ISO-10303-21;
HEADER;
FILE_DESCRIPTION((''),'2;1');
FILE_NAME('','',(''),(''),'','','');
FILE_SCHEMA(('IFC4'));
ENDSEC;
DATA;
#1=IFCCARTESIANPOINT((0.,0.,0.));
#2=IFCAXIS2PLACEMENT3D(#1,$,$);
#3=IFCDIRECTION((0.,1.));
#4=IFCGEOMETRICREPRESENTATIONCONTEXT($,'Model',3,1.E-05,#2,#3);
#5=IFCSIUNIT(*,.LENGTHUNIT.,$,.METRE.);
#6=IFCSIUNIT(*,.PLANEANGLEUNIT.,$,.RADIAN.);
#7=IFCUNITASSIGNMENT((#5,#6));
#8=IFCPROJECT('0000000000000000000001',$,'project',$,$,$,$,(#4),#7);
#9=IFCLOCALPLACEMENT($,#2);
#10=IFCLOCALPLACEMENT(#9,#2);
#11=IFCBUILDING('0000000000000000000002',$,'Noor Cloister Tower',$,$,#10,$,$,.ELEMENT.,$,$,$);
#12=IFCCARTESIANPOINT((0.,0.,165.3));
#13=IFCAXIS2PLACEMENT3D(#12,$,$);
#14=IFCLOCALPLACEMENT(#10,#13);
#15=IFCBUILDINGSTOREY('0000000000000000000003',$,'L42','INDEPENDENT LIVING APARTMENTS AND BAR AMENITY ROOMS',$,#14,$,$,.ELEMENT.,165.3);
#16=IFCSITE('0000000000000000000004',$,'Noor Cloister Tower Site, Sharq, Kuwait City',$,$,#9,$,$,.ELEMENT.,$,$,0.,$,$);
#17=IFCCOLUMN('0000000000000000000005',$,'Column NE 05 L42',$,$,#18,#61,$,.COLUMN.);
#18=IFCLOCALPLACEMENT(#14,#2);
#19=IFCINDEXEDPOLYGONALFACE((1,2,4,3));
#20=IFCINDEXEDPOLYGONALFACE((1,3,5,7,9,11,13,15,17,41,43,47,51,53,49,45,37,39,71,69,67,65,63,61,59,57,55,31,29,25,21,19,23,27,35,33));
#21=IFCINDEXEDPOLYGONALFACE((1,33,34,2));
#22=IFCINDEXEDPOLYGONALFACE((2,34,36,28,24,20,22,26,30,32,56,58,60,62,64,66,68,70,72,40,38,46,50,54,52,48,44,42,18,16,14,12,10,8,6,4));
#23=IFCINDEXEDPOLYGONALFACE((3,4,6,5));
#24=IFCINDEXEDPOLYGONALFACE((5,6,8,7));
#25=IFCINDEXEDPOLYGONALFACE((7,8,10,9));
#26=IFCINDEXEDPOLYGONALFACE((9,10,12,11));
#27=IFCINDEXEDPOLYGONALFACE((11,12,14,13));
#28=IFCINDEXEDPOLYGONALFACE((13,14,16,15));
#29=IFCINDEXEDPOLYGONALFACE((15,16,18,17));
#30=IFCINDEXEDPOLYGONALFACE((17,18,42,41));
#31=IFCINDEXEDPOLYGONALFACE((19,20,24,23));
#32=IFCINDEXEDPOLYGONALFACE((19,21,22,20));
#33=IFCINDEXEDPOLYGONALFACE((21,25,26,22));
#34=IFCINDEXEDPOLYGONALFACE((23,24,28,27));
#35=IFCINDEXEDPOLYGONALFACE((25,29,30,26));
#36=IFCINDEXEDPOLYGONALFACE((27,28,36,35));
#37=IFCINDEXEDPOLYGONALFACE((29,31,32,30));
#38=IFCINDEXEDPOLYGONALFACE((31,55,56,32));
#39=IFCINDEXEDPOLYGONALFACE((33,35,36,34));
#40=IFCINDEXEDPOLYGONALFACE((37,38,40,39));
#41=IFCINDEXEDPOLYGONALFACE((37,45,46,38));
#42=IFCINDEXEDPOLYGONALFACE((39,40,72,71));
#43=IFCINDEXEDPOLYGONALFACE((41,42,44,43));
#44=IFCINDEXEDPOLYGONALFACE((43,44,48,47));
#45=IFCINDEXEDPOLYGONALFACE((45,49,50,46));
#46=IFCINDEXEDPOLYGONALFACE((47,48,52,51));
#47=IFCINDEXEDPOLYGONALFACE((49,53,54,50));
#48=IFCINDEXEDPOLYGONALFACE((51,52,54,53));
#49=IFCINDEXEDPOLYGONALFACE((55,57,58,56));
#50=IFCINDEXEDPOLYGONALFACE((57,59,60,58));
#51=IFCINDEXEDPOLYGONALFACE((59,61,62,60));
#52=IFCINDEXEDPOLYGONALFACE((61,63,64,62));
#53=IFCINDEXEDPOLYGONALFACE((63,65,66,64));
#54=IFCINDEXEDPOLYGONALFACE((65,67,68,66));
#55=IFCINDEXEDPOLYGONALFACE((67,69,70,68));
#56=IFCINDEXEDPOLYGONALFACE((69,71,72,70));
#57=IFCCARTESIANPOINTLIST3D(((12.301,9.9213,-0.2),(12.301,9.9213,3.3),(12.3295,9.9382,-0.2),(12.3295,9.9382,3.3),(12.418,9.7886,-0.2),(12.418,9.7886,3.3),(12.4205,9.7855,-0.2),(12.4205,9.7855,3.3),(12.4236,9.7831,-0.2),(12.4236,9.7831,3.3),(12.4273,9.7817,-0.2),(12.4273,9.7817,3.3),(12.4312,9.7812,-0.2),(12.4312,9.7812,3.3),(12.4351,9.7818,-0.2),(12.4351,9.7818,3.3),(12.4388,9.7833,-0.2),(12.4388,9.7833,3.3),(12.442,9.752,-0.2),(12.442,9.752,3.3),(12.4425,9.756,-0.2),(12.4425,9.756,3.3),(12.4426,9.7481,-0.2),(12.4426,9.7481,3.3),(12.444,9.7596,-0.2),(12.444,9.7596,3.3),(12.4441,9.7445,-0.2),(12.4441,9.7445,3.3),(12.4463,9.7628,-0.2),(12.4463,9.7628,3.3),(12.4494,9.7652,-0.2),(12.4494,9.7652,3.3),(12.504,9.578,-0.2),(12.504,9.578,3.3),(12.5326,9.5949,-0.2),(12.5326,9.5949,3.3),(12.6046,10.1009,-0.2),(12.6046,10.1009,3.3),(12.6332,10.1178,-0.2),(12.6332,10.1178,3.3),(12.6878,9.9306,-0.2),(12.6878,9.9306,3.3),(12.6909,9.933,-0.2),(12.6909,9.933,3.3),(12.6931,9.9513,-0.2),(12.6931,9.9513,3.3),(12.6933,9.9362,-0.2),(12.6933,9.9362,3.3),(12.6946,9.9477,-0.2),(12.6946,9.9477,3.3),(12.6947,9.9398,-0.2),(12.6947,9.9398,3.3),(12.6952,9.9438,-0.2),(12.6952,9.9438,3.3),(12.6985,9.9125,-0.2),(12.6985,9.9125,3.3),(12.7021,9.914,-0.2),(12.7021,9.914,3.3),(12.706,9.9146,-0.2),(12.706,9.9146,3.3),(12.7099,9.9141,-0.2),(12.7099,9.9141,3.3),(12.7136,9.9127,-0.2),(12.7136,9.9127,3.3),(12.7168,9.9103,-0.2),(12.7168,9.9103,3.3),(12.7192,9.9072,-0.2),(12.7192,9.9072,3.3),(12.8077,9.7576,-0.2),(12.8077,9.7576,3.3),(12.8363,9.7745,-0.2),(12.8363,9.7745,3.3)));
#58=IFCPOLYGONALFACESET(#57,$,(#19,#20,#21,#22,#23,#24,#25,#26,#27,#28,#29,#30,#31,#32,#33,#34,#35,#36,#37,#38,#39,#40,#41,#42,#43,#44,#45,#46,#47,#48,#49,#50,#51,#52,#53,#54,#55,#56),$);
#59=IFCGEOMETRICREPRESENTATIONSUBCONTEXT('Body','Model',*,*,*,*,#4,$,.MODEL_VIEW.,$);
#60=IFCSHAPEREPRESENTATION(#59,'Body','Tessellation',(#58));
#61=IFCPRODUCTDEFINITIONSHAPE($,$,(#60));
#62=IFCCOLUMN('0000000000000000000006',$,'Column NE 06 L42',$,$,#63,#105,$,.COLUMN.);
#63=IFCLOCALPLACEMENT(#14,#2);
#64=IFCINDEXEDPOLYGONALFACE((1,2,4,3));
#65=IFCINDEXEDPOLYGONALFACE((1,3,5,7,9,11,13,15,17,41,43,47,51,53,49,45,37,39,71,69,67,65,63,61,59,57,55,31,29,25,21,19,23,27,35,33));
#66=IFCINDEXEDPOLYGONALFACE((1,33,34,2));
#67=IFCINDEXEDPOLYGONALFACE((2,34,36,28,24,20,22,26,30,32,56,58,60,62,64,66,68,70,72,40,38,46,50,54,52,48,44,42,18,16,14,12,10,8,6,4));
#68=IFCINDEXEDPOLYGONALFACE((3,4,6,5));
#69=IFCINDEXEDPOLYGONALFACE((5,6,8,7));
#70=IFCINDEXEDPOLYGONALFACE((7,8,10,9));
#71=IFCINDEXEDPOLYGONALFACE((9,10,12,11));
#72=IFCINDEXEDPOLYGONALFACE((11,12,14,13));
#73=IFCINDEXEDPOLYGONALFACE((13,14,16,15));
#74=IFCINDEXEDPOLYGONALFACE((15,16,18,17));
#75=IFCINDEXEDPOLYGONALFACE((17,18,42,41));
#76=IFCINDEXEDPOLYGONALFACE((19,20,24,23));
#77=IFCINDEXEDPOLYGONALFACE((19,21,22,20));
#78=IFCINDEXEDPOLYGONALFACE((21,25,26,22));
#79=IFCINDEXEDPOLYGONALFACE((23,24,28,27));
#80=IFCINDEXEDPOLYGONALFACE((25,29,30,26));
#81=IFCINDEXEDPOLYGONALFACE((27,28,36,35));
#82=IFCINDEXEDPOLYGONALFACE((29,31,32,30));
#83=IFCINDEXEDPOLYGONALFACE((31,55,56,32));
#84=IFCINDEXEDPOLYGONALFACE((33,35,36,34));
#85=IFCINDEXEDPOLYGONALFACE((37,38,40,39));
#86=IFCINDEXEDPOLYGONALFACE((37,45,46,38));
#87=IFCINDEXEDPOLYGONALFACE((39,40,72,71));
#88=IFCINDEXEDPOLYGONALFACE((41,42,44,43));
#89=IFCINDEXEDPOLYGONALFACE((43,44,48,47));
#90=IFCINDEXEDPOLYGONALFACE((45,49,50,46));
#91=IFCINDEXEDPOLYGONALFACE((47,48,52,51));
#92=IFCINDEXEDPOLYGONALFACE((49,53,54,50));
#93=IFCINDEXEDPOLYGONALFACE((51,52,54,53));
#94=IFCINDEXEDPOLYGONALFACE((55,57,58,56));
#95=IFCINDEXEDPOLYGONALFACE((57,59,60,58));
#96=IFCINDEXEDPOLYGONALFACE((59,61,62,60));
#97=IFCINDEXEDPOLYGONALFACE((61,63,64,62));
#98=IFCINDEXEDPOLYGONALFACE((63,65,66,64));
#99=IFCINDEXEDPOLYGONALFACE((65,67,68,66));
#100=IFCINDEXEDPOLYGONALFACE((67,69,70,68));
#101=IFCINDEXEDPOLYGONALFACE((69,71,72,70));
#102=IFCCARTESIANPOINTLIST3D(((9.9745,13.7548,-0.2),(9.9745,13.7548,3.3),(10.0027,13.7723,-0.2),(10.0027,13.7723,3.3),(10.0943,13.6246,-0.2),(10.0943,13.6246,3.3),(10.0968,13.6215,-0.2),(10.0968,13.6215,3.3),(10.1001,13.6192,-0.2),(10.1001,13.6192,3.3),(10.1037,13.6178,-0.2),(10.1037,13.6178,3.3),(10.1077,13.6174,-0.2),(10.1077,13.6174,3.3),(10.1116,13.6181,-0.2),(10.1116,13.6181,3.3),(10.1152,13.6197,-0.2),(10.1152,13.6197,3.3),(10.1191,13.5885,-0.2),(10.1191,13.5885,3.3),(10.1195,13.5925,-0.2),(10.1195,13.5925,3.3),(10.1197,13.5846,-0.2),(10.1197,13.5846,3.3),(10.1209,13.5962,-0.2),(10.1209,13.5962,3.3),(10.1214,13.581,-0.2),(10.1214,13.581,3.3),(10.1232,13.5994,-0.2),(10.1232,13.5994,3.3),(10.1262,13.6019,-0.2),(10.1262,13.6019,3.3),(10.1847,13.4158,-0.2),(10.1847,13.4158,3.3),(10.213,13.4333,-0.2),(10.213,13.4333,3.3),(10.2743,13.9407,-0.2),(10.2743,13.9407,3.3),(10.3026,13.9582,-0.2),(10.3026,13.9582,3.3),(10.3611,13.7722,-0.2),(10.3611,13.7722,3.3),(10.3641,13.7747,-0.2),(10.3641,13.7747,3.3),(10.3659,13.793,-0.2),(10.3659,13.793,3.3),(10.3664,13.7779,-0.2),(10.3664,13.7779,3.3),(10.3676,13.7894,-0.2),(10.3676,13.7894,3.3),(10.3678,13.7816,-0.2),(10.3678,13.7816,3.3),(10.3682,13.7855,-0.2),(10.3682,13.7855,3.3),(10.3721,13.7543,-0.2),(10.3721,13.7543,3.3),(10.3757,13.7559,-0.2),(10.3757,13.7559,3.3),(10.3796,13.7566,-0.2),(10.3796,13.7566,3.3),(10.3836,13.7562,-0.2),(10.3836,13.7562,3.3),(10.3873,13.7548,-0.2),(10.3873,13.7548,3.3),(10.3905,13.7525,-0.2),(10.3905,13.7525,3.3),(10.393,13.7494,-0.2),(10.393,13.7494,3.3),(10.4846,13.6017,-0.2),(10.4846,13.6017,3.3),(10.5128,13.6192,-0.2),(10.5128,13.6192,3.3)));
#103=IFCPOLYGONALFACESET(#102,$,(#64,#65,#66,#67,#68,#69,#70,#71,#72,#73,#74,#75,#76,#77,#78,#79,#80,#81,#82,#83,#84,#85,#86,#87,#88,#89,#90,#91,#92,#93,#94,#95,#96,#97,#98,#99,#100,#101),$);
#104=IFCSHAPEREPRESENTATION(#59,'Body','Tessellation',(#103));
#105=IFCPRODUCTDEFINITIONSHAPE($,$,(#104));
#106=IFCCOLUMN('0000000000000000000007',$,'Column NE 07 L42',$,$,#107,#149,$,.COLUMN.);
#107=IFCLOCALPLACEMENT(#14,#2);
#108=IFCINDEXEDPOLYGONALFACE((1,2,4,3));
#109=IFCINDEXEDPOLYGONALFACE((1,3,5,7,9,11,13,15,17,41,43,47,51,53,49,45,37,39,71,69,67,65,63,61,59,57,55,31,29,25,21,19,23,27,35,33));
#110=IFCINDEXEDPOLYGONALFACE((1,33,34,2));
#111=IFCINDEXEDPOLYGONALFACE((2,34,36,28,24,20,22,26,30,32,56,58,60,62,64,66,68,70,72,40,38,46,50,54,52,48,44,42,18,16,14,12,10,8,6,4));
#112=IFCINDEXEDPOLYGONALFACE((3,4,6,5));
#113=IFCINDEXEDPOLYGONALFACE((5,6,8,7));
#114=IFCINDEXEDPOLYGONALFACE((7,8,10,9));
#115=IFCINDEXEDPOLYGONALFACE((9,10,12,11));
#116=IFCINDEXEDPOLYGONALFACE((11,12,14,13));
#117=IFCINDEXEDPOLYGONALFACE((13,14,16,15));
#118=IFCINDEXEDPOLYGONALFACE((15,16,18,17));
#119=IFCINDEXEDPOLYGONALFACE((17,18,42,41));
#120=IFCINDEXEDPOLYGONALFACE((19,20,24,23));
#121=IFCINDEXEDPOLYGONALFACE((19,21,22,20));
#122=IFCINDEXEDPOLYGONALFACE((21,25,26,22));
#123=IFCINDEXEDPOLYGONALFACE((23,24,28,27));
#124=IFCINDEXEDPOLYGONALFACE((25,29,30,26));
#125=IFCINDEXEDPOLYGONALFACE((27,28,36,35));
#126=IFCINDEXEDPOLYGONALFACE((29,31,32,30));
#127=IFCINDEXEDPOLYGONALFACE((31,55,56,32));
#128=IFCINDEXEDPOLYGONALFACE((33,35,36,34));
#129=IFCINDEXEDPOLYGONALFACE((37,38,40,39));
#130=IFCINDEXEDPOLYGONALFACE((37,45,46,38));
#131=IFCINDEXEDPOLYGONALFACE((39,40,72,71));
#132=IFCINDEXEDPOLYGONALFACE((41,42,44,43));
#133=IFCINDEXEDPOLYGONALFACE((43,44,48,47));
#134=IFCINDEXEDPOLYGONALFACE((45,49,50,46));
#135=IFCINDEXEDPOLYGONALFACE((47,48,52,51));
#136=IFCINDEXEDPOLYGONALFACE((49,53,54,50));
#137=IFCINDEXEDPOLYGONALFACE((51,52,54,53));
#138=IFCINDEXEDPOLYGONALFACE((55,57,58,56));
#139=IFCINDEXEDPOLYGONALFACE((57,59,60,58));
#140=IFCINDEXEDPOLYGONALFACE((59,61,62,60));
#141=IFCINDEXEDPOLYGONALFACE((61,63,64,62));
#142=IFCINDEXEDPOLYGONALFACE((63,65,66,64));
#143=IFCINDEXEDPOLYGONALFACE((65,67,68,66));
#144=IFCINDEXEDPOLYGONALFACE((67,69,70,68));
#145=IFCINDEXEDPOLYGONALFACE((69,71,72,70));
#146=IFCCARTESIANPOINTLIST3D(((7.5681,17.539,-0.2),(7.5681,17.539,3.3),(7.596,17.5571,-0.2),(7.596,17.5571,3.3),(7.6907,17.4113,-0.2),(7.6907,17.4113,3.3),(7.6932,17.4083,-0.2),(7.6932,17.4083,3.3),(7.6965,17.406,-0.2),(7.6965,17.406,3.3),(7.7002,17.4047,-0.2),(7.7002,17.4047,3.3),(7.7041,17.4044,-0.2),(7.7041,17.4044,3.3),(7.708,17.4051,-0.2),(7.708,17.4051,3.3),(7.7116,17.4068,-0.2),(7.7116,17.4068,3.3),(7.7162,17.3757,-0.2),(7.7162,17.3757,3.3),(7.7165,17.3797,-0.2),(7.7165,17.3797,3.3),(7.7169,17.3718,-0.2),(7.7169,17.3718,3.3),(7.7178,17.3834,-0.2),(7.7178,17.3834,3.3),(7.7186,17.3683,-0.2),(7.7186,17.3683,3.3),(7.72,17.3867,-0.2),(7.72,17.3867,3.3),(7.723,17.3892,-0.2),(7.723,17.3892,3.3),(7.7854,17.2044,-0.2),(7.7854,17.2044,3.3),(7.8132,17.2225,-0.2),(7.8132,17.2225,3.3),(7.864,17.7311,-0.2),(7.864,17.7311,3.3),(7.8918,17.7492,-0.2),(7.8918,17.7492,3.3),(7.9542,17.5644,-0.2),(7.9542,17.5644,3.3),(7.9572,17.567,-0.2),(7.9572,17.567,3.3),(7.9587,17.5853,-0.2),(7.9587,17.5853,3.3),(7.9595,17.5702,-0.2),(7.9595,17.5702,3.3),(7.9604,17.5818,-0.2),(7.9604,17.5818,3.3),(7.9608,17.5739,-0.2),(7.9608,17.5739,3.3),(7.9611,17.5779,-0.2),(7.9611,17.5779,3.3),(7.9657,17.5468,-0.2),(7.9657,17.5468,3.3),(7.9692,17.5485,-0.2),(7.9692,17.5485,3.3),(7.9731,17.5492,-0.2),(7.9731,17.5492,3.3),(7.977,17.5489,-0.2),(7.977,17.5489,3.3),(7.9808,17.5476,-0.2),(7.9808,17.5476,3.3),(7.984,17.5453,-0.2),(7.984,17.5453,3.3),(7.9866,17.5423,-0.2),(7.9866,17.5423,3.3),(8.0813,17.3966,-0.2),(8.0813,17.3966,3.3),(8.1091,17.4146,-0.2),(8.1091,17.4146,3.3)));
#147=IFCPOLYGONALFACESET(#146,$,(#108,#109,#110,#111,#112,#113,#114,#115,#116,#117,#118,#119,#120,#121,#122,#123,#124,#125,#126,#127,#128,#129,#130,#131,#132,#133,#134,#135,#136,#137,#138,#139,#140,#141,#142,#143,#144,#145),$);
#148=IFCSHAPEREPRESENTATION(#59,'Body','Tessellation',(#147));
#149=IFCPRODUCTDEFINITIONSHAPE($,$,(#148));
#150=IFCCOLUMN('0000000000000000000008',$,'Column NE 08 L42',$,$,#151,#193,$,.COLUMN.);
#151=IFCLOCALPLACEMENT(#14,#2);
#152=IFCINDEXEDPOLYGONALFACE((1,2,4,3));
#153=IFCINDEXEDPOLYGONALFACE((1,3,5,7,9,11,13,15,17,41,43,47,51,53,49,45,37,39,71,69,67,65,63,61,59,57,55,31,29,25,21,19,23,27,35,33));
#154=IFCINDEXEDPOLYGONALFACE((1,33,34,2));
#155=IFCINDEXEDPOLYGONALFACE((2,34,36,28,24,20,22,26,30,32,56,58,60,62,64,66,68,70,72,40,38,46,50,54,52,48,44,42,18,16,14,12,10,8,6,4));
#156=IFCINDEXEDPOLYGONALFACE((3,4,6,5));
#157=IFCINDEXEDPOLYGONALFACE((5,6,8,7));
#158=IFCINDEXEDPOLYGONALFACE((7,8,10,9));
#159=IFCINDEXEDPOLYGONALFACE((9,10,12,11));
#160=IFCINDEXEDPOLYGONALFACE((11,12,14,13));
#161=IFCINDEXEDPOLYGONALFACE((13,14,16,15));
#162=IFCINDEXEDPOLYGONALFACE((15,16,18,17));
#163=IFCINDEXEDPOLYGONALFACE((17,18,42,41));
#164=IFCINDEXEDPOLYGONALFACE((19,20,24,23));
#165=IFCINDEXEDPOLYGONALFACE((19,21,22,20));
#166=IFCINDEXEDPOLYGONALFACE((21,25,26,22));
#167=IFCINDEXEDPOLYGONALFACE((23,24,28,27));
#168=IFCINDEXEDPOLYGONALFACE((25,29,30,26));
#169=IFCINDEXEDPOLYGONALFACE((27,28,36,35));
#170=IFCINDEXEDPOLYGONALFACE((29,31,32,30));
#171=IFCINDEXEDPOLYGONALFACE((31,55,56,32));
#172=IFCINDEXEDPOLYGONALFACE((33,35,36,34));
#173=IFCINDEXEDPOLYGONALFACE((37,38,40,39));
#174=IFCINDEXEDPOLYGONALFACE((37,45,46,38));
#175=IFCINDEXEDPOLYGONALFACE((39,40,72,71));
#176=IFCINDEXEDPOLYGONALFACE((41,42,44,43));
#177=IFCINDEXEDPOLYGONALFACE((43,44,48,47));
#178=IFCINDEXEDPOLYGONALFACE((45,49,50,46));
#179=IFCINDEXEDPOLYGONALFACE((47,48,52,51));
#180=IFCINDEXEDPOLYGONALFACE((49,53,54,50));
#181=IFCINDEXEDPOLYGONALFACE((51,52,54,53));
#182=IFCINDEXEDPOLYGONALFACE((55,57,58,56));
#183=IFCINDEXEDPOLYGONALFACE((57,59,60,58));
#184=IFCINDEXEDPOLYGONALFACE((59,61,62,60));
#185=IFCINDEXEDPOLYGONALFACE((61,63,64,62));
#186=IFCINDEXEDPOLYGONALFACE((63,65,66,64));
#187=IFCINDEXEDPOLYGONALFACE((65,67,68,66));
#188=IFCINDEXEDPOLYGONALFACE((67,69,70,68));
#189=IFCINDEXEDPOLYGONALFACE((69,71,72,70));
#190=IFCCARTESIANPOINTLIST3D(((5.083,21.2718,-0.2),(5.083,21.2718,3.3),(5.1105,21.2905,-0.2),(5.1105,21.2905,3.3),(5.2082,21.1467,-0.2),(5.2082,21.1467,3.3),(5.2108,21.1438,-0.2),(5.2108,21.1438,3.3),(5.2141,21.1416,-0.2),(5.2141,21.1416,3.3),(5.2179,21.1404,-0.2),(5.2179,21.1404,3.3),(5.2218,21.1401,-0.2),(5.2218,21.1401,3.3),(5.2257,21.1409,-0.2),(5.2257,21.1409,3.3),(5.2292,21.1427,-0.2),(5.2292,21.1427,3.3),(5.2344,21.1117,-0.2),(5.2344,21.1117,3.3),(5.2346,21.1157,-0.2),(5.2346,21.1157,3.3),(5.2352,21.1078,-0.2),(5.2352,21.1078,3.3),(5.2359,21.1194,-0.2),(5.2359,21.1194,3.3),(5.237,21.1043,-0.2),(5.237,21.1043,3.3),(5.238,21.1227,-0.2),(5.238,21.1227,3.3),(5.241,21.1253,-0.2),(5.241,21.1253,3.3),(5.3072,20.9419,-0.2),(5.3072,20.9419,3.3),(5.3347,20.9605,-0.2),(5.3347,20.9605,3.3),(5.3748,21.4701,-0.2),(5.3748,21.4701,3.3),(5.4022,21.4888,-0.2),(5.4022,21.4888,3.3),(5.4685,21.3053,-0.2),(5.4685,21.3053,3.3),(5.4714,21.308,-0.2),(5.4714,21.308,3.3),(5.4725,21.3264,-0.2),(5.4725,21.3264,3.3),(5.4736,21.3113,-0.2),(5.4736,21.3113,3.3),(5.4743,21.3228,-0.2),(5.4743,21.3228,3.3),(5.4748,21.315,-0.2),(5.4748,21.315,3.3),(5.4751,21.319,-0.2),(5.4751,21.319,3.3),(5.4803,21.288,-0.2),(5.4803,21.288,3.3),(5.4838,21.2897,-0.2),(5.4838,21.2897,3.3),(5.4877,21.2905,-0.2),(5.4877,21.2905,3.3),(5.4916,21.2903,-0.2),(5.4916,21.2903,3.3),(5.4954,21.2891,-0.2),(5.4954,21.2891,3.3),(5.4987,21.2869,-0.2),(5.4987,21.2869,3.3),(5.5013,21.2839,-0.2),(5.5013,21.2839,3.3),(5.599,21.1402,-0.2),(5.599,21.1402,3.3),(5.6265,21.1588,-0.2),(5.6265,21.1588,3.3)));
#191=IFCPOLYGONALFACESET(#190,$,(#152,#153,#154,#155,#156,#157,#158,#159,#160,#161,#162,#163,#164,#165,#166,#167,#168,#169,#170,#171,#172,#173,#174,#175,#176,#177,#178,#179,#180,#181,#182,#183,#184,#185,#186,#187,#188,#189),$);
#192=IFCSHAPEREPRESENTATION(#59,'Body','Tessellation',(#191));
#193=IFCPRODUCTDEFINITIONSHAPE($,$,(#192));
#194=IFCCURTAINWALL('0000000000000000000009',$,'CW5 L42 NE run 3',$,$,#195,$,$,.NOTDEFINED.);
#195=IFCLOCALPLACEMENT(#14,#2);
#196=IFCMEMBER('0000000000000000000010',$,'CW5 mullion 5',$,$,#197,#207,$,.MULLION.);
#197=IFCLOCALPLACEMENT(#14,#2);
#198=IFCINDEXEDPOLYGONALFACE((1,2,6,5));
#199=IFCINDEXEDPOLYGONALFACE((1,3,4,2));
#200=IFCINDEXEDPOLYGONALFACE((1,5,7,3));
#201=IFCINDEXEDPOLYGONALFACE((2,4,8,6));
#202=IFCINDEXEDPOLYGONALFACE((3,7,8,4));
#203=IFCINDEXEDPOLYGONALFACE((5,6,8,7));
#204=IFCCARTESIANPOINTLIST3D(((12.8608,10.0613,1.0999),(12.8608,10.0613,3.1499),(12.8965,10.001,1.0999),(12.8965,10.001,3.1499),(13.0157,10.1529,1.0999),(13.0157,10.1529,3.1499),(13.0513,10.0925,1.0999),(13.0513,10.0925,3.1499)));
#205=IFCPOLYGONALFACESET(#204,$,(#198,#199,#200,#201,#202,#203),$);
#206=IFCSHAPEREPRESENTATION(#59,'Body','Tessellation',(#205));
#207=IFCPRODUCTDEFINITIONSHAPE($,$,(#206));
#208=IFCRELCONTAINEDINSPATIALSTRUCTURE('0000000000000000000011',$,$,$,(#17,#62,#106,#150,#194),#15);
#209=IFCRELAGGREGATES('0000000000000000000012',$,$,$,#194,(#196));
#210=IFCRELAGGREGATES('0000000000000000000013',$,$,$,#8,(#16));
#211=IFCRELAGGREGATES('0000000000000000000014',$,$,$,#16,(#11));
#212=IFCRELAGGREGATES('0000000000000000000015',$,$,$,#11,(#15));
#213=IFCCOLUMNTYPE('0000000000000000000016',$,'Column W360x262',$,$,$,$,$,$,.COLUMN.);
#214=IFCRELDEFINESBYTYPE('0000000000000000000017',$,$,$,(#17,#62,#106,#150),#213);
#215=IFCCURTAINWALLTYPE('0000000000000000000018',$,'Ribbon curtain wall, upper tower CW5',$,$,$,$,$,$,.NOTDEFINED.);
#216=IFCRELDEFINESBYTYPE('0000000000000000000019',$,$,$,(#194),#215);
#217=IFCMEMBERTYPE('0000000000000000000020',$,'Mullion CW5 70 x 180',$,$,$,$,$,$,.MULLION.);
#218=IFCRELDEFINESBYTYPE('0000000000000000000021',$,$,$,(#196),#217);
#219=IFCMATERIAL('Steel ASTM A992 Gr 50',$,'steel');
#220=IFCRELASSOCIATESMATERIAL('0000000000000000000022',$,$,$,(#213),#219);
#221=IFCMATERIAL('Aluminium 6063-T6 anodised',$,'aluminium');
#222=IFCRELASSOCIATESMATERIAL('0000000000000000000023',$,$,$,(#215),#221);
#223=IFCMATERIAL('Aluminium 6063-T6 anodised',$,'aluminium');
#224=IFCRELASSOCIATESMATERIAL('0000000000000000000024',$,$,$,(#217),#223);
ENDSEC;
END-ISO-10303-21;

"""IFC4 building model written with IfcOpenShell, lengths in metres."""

from ifc_helpers import new_model, si_unit, direction, frame, origin, origin_2d, place, context, subcontext, project, spatial, rectangle, i_section, extrude, material, material_profile, profile_set, type_object, element, aggregate, save


model = new_model("IFC4")

# Units and contexts
model_context = context("Model", 3, precision=1e-05, world=origin(), true_north=direction((0.0, 1.0)))
body_context = subcontext(model_context, "Body", "Model", "MODEL_VIEW")
ifc_project = project(units=[si_unit("LENGTHUNIT", "METRE"), si_unit("PLANEANGLEUNIT", "RADIAN")], contexts=[model_context])

# Site, building, storey
site_placement = place(None, origin())
site = spatial("IfcSite", under=ifc_project, at=site_placement, Name="Noor Cloister Tower Site, Sharq, Kuwait City", CompositionType="ELEMENT", RefElevation=0.0)
building_placement = place(site_placement, origin())
building = spatial("IfcBuilding", under=site, at=building_placement, Name="Noor Cloister Tower", CompositionType="ELEMENT")
storey_placement = place(building_placement, frame((0.0, 0.0, 165.3)))
storey = spatial("IfcBuildingStorey", under=building, at=storey_placement, Name="L42", Description="INDEPENDENT LIVING APARTMENTS AND BAR AMENITY ROOMS", CompositionType="ELEMENT", Elevation=165.3)

# Columns
ifc_material_1 = material(Name="Steel ASTM A992 Gr 50", Category="steel")
ifc_material_profile_1 = material_profile(ifc_material_1, i_section(OverallWidth=0.3989, OverallDepth=0.386, WebThickness=0.021, FlangeThickness=0.0332, FilletRadius=0.0151, at=origin_2d()), Name="W360x262")
ifc_profile_set_1 = profile_set([ifc_material_profile_1], Name="Steel ASTM A992 Gr 50")
column_type = type_object("IfcColumnType", Name="Column W360x262", PredefinedType="COLUMN", material=ifc_profile_set_1)
for number, where, z_axis, x_axis, name in (
    (1, (12.5686, 9.8479, -0.2), (0.0, 0.0, 1.0), (-0.509042, 0.860741, 0.0), "Column NE 05 L42"),
    (2, (10.2437, 13.687, -0.2), (0.0, 0.0, 1.0), (-0.526959, 0.849891, 0.0), "Column NE 06 L42"),
    (3, (7.8386, 17.4768, -0.2), (0.0, 0.0, 1.0), (-0.544644, 0.838667, 0.0), "Column NE 07 L42"),
    (4, (5.3547, 21.2153, -0.2), (0.0, 0.0, 1.0), (-0.56209, 0.827076, 0.0), "Column NE 08 L42"),
):
    element("IfcColumn", number, at=place(storey_placement, frame(where, z_axis=z_axis, x_axis=x_axis)), inside=storey, type_object=column_type, Name=name, PredefinedType="COLUMN", context=body_context, shape_type="SweptSolid", body=[
        extrude(i_section(OverallWidth=0.3989, OverallDepth=0.386, WebThickness=0.021, FlangeThickness=0.0332, FilletRadius=0.0151, at=origin_2d()), origin(), (0.0, 0.0, 1.0), 3.5),
    ])

# Curtain wall, member
ifc_material_2 = material(Name="Aluminium 6063-T6 anodised", Category="aluminium")
curtain_wall_type = type_object("IfcCurtainWallType", Name="Ribbon curtain wall, upper tower CW5", PredefinedType="NOTDEFINED", material=ifc_material_2)
curtain_wall_placement = place(storey_placement, origin())
curtain_wall = element("IfcCurtainWall", 5, at=curtain_wall_placement, inside=storey, type_object=curtain_wall_type, Name="CW5 L42 NE run 3", PredefinedType="NOTDEFINED")
ifc_material_3 = material(Name="Aluminium 6063-T6 anodised", Category="aluminium")
ifc_material_profile_2 = material_profile(ifc_material_3, rectangle(XDim=0.1799, YDim=0.0701, at=origin_2d()), Name="180 x 70 mullion")
ifc_profile_set_2 = profile_set([ifc_material_profile_2], Name="Aluminium 6063-T6 anodised")
member_type = type_object("IfcMemberType", Name="Mullion CW5 70 x 180", PredefinedType="MULLION", material=ifc_profile_set_2)
member_1_placement = place(storey_placement, frame((12.9561, 10.0769, 1.0999), z_axis=(0.0, 0.0, 1.0), x_axis=(-0.860741, -0.509042, 0.0)))
member_1 = element("IfcMember", 6, at=member_1_placement, type_object=member_type, Name="CW5 mullion 5", PredefinedType="MULLION", context=body_context, shape_type="SweptSolid", body=[
    extrude(rectangle(XDim=0.1799, YDim=0.0701, at=origin_2d()), origin(), (0.0, 0.0, 1.0), 2.05),
])

aggregate(curtain_wall, [member_1])

save(model, "model.ifc")
